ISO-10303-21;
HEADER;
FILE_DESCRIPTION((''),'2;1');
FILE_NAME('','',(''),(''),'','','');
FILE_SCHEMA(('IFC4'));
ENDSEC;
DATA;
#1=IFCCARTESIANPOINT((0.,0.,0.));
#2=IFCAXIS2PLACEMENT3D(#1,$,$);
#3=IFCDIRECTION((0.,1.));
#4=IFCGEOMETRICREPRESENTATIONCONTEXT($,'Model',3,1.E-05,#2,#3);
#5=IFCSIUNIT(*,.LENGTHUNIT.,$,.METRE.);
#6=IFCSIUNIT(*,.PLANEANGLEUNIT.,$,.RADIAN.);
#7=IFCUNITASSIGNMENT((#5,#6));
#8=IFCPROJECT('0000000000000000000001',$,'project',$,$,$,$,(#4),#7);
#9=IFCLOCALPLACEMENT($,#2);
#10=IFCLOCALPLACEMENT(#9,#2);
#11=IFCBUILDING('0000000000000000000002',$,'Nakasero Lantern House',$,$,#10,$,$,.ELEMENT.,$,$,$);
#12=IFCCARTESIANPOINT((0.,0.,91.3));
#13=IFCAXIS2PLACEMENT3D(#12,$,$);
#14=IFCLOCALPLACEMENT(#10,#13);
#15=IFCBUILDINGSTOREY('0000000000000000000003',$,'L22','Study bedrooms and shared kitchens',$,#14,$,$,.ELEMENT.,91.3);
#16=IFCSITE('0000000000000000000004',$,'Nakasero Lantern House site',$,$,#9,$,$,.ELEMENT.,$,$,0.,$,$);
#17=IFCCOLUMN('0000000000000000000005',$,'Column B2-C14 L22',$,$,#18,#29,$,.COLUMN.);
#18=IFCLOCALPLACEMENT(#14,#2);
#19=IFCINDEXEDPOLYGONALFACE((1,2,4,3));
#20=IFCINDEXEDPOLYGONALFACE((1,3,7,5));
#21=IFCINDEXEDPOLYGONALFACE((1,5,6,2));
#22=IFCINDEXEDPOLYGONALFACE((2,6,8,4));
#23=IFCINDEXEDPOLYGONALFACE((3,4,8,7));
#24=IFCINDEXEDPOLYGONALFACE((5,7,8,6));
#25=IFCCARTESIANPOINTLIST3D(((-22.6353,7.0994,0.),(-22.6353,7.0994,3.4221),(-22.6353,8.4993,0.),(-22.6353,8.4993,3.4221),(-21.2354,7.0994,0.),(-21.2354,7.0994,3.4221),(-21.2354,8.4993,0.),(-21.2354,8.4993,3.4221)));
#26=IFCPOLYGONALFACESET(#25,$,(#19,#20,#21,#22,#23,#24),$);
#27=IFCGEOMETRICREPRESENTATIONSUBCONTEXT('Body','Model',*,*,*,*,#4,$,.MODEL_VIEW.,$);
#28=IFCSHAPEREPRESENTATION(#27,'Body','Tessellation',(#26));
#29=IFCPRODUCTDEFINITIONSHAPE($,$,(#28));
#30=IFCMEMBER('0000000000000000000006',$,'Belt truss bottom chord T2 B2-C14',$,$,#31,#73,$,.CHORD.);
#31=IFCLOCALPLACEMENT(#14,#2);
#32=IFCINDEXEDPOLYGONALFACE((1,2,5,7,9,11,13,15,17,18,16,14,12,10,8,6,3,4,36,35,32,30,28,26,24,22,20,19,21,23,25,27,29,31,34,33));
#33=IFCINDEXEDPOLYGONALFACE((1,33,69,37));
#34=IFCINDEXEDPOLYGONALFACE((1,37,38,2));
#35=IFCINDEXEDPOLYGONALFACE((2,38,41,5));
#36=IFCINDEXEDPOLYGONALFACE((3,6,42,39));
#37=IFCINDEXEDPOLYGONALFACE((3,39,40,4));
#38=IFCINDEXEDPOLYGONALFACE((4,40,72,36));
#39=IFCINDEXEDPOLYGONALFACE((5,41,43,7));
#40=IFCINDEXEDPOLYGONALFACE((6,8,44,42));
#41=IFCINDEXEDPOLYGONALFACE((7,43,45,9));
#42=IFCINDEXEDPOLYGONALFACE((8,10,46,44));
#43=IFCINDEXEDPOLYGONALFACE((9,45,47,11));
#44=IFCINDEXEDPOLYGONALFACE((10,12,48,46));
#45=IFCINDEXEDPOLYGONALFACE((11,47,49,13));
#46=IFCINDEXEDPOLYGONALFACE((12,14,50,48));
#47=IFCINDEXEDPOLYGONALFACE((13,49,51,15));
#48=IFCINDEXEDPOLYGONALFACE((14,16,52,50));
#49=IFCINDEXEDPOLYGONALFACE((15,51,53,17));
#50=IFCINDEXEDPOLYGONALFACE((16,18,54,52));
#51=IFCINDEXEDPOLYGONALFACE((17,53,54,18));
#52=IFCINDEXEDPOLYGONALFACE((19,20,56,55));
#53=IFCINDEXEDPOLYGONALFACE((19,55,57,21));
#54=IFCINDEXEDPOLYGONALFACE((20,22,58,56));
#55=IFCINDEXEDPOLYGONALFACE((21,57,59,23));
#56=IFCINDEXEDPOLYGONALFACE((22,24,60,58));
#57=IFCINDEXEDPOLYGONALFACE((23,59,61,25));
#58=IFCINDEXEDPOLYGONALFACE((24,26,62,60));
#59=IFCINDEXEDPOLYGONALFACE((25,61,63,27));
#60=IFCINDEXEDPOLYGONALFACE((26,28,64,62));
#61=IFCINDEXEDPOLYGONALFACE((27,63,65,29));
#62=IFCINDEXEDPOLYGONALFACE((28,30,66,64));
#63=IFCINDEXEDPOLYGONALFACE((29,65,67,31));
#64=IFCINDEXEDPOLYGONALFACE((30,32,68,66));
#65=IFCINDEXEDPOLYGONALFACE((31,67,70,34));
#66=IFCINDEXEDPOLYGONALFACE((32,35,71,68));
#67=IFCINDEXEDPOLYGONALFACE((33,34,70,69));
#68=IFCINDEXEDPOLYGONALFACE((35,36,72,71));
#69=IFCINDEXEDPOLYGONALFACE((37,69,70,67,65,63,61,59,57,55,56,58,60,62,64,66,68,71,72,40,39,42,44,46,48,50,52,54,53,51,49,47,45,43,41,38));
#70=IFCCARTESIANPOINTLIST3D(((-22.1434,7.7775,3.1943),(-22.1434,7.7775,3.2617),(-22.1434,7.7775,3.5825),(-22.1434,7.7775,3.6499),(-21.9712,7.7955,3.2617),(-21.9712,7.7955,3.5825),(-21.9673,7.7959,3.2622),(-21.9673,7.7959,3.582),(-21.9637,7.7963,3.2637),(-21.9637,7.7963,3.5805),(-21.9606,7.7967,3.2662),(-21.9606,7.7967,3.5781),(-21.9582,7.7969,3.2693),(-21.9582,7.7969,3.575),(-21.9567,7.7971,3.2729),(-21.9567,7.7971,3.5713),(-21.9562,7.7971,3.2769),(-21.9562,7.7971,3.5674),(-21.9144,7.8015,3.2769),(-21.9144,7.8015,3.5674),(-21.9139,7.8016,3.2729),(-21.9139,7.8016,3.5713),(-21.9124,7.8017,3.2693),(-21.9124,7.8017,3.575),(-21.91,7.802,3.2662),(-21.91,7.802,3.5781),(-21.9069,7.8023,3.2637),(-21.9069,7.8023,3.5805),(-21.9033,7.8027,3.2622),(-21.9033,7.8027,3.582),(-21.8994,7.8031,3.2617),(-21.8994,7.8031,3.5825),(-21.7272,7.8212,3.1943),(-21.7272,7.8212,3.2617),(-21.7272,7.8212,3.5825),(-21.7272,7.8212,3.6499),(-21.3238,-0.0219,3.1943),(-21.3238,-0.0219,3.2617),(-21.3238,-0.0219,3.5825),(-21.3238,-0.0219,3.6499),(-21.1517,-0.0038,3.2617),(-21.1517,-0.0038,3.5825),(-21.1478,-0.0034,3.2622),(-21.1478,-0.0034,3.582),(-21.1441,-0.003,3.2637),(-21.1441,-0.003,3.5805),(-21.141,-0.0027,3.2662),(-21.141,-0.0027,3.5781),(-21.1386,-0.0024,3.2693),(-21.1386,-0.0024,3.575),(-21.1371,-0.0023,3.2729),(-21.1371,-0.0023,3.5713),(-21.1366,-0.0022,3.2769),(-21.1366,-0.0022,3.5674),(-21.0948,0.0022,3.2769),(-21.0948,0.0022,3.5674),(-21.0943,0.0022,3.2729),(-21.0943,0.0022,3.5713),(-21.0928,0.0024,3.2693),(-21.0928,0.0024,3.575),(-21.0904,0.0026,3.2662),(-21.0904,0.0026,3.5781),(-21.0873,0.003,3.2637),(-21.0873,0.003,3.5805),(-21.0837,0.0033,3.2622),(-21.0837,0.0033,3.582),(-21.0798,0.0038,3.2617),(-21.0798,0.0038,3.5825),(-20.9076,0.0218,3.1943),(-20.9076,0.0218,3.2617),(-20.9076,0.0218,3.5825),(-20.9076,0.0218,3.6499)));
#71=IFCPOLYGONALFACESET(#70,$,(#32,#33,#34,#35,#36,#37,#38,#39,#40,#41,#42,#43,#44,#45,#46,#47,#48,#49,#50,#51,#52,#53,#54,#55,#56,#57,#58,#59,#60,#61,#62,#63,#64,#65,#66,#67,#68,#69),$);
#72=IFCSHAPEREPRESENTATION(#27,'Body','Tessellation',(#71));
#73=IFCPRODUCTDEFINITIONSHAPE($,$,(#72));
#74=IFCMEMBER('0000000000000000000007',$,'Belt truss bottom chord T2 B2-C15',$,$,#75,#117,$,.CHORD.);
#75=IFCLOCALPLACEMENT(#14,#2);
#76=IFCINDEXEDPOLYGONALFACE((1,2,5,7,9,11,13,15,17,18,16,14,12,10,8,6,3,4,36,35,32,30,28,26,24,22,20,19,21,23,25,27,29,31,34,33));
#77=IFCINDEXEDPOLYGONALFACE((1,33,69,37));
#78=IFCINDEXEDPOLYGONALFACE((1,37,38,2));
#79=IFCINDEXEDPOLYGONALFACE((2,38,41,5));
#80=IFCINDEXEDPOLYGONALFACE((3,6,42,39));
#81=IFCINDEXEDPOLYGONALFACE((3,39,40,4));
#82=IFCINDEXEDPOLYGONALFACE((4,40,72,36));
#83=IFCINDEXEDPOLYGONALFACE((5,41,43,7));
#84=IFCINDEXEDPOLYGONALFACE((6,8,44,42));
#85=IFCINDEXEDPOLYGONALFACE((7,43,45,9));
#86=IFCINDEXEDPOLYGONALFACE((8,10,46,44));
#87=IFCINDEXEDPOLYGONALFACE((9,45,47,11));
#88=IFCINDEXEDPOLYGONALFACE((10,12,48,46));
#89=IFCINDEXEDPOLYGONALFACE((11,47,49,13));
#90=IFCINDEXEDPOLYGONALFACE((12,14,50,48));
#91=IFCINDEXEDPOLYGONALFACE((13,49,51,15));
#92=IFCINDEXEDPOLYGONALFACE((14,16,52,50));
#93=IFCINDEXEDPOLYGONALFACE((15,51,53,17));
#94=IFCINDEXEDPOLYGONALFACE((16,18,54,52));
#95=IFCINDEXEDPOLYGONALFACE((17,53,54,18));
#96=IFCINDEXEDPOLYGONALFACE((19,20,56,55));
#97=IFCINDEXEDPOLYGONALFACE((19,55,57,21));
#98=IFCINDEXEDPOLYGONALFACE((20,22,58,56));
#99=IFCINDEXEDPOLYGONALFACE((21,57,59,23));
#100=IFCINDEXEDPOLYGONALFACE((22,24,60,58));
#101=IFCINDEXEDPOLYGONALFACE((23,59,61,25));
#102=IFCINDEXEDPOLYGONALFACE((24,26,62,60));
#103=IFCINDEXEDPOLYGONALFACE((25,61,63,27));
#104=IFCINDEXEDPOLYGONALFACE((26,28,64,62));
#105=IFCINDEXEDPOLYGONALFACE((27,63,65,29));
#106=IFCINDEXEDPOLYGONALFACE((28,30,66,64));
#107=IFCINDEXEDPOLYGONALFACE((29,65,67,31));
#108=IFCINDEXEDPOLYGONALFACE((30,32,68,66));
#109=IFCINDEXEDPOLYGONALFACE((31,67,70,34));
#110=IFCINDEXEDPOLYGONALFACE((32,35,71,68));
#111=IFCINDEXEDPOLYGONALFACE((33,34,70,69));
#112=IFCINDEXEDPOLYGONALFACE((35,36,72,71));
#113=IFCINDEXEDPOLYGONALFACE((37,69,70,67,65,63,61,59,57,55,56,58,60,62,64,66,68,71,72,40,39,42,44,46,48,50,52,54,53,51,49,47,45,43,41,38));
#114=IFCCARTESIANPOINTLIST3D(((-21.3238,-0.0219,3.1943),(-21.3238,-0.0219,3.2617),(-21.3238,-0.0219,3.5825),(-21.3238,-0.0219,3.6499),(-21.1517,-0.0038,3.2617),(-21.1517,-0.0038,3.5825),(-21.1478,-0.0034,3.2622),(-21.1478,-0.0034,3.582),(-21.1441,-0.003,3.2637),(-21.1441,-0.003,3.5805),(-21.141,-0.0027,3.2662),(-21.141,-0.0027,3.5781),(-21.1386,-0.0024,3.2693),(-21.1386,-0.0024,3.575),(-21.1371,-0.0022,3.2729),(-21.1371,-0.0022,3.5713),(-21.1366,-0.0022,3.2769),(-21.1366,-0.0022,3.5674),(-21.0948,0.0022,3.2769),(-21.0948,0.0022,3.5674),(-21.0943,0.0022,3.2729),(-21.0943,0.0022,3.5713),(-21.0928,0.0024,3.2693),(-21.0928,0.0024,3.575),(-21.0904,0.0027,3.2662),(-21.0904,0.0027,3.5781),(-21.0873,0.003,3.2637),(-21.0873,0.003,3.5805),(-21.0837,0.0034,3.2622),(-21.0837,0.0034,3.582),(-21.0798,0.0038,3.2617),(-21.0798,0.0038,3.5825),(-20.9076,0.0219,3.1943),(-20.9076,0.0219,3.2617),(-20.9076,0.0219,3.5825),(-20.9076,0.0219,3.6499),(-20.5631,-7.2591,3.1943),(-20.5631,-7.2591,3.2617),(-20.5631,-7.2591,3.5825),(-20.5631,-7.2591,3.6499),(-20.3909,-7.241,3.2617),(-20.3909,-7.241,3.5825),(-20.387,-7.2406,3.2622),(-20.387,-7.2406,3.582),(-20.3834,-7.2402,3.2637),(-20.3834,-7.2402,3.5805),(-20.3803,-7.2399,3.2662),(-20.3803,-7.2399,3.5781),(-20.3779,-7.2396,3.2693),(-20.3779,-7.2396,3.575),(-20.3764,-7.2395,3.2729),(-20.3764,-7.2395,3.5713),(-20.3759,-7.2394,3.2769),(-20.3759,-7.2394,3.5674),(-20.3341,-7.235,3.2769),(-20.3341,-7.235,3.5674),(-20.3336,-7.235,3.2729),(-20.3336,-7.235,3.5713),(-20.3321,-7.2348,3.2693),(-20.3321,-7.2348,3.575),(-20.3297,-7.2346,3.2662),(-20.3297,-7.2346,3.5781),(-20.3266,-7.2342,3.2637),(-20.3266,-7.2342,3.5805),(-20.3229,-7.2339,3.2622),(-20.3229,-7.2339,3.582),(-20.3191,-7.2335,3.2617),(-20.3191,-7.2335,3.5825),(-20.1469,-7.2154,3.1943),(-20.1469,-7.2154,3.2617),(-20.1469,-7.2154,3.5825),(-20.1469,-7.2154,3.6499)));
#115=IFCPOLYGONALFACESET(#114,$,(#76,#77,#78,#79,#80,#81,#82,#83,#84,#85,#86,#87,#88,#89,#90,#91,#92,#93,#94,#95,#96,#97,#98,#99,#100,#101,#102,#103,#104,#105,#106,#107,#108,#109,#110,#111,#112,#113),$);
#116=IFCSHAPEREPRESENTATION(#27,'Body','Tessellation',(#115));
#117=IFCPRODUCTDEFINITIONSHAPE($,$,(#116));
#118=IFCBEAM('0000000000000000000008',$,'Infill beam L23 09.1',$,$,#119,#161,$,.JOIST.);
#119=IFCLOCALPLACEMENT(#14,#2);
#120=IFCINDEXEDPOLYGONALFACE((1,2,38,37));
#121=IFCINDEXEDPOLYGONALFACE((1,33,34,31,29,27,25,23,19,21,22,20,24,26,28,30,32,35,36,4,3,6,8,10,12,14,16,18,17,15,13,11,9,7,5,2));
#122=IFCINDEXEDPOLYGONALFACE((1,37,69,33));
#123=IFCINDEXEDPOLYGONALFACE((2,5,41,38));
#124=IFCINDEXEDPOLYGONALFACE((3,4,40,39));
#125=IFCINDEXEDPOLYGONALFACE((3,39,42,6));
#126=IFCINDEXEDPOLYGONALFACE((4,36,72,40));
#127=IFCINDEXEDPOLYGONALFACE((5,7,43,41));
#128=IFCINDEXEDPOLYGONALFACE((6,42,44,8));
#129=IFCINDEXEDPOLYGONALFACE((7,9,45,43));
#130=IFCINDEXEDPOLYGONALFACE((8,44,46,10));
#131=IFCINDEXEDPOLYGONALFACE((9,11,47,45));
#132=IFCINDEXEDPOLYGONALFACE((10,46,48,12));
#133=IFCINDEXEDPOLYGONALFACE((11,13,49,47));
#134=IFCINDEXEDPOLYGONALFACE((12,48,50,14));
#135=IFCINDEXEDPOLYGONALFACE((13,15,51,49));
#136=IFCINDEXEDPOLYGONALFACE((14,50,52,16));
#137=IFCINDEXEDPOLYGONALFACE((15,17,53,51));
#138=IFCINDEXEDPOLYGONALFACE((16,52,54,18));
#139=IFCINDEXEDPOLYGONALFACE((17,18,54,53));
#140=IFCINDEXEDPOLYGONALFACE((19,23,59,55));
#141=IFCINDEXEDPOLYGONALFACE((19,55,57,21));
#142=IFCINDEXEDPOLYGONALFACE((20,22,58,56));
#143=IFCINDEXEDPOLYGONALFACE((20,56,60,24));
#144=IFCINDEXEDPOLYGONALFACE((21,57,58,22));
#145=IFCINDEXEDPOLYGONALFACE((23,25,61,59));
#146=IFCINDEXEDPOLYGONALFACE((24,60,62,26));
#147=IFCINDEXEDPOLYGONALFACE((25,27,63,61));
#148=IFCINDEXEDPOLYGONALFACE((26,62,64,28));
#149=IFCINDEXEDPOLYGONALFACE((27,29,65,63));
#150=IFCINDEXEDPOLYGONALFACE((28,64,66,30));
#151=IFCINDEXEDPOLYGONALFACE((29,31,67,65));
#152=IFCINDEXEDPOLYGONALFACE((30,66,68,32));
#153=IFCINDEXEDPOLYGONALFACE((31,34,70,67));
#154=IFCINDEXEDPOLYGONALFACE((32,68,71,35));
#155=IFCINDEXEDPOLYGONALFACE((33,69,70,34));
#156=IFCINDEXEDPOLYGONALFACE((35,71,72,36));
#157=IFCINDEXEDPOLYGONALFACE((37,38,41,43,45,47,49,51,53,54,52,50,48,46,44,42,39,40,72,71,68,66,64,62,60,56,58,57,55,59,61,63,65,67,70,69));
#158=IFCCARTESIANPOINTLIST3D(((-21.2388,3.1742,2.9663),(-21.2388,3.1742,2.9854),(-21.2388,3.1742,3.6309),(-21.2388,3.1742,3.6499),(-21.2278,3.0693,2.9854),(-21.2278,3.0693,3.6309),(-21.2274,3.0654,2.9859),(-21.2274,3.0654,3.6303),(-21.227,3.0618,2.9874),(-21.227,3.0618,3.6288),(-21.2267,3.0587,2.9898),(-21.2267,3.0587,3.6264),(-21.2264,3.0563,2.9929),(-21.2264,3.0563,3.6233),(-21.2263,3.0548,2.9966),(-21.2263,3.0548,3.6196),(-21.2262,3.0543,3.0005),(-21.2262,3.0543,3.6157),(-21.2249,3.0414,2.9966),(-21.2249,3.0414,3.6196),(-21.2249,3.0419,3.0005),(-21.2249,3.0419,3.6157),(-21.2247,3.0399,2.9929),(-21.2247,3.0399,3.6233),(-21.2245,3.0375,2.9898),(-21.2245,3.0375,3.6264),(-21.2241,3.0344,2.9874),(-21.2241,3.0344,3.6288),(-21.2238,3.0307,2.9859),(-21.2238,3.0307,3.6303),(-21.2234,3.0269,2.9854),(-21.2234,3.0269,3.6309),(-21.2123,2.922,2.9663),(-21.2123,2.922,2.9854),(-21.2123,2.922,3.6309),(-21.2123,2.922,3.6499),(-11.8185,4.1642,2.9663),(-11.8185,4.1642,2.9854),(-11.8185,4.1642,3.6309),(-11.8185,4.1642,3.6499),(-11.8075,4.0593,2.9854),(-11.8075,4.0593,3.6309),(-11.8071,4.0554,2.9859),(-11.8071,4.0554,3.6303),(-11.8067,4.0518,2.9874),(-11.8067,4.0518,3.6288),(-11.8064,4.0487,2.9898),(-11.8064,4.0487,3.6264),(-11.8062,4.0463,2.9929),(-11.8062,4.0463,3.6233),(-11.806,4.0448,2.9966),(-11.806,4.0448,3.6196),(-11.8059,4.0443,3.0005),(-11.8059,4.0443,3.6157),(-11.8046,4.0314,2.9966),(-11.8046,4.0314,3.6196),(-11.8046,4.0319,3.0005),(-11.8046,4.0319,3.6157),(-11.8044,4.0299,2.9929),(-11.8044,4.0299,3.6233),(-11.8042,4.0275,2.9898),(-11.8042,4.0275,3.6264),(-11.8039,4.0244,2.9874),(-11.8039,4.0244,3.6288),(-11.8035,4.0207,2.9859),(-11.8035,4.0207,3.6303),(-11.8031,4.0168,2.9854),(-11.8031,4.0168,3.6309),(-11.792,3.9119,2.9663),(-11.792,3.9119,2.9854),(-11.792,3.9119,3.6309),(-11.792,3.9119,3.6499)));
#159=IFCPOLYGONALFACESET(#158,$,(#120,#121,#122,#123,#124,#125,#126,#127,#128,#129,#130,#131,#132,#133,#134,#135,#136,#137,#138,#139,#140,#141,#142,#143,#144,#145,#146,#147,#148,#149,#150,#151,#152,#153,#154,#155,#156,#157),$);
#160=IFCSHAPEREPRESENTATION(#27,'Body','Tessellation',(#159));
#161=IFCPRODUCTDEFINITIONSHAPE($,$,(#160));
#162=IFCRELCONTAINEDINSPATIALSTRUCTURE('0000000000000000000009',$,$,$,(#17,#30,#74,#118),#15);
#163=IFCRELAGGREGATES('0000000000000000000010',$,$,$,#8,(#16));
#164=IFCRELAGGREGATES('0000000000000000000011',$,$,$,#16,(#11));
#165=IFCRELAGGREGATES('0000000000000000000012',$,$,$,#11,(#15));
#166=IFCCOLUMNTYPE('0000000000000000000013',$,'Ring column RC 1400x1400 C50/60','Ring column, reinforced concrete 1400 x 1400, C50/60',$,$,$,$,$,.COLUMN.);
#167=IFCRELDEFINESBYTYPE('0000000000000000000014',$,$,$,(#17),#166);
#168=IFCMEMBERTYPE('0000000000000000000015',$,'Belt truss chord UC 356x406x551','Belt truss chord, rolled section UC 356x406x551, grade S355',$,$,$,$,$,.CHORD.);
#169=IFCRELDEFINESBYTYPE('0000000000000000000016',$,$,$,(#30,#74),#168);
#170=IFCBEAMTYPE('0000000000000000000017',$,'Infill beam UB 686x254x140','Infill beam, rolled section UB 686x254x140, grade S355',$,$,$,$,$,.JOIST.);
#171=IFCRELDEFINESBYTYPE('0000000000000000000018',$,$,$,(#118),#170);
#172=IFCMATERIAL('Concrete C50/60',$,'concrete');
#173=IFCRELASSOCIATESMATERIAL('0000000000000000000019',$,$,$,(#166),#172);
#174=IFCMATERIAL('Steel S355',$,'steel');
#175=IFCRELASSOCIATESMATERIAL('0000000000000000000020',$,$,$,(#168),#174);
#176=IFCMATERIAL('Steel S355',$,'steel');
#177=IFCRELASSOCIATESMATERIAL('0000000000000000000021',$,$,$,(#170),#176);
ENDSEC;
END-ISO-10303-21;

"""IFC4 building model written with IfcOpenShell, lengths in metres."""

from ifc_helpers import new_model, si_unit, direction, frame, origin, origin_2d, place, context, subcontext, project, spatial, rectangle, i_section, extrude, material, material_profile, profile_set, type_object, element, save


model = new_model("IFC4")

# Units and contexts
model_context = context("Model", 3, precision=1e-05, world=origin(), true_north=direction((0.0, 1.0)))
body_context = subcontext(model_context, "Body", "Model", "MODEL_VIEW")
ifc_project = project(units=[si_unit("LENGTHUNIT", "METRE"), si_unit("PLANEANGLEUNIT", "RADIAN")], contexts=[model_context])

# Site, building, storey
site_placement = place(None, origin())
site = spatial("IfcSite", under=ifc_project, at=site_placement, Name="Nakasero Lantern House site", CompositionType="ELEMENT", RefElevation=0.0)
building_placement = place(site_placement, origin())
building = spatial("IfcBuilding", under=site, at=building_placement, Name="Nakasero Lantern House", CompositionType="ELEMENT")
storey_placement = place(building_placement, frame((0.0, 0.0, 91.3)))
storey = spatial("IfcBuildingStorey", under=building, at=storey_placement, Name="L22", Description="Study bedrooms and shared kitchens", CompositionType="ELEMENT", Elevation=91.3)

# Column
ifc_material_1 = material(Name="Concrete C50/60", Category="concrete")
ifc_material_profile_1 = material_profile(ifc_material_1, rectangle(XDim=1.3999, YDim=1.3999, at=origin_2d()), Name="RC 1400x1400")
ifc_profile_set_1 = profile_set([ifc_material_profile_1], Name="Concrete C50/60")
column_type = type_object("IfcColumnType", Name="Ring column RC 1400x1400 C50/60", Description="Ring column, reinforced concrete 1400 x 1400, C50/60", PredefinedType="COLUMN", material=ifc_profile_set_1)
column_placement = place(storey_placement, frame((-21.9353, 7.7993, 0.0), z_axis=(0.0, 0.0, 1.0), x_axis=(1.0, 0.0, 0.0)))
element("IfcColumn", 1, at=column_placement, inside=storey, type_object=column_type, Name="Column B2-C14 L22", PredefinedType="COLUMN", context=body_context, shape_type="SweptSolid", body=[
    extrude(rectangle(XDim=1.3999, YDim=1.3999, at=origin_2d()), origin(), (0.0, 0.0, 1.0), 3.4221),
])

# Members
ifc_material_2 = material(Name="Steel S355", Category="steel")
ifc_material_profile_2 = material_profile(ifc_material_2, i_section(OverallWidth=0.4185, OverallDepth=0.4556, WebThickness=0.042, FlangeThickness=0.0674, FilletRadius=0.0151, at=origin_2d()), Name="UC 356x406x551")
ifc_profile_set_2 = profile_set([ifc_material_profile_2], Name="Steel S355")
member_type = type_object("IfcMemberType", Name="Belt truss chord UC 356x406x551", Description="Belt truss chord, rolled section UC 356x406x551, grade S355", PredefinedType="CHORD", material=ifc_profile_set_2)
member_1_placement = place(storey_placement, frame((-21.9353, 7.7993, 3.4221), z_axis=(0.104508, -0.994524, 0.0), x_axis=(0.994524, 0.104508, 0.0)))
element("IfcMember", 2, at=member_1_placement, inside=storey, type_object=member_type, Name="Belt truss bottom chord T2 B2-C14", PredefinedType="CHORD", context=body_context, shape_type="SweptSolid", body=[
    extrude(i_section(OverallWidth=0.4185, OverallDepth=0.4556, WebThickness=0.042, FlangeThickness=0.0674, FilletRadius=0.0151, at=origin_2d()), origin(), (0.0, 0.0, 1.0), 7.8423),
])
member_2_placement = place(storey_placement, frame((-21.1157, 0.0, 3.4221), z_axis=(0.104538, -0.994521, 0.0), x_axis=(0.994521, 0.104538, 0.0)))
element("IfcMember", 3, at=member_2_placement, inside=storey, type_object=member_type, Name="Belt truss bottom chord T2 B2-C15", PredefinedType="CHORD", context=body_context, shape_type="SweptSolid", body=[
    extrude(i_section(OverallWidth=0.4185, OverallDepth=0.4556, WebThickness=0.042, FlangeThickness=0.0674, FilletRadius=0.0151, at=origin_2d()), origin(), (0.0, 0.0, 1.0), 7.2771),
])

# Beam
ifc_material_3 = material(Name="Steel S355", Category="steel")
ifc_material_profile_3 = material_profile(ifc_material_3, i_section(OverallWidth=0.2537, OverallDepth=0.6836, WebThickness=0.0125, FlangeThickness=0.019, FilletRadius=0.0151, at=origin_2d()), Name="UB 686x254x140")
ifc_profile_set_3 = profile_set([ifc_material_profile_3], Name="Steel S355")
beam_type_1 = type_object("IfcBeamType", Name="Infill beam UB 686x254x140", Description="Infill beam, rolled section UB 686x254x140, grade S355", PredefinedType="JOIST", material=ifc_profile_set_3)
beam_1_placement = place(storey_placement, frame((-21.2256, 3.0481, 3.3081), z_axis=(0.994523, 0.104514, 0.0), x_axis=(-0.104514, 0.994523, 0.0)))
element("IfcBeam", 4, at=beam_1_placement, inside=storey, type_object=beam_type_1, Name="Infill beam L23 09.1", PredefinedType="JOIST", context=body_context, shape_type="SweptSolid", body=[
    extrude(i_section(OverallWidth=0.2537, OverallDepth=0.6836, WebThickness=0.0125, FlangeThickness=0.019, FilletRadius=0.0151, at=origin_2d()), origin(), (0.0, 0.0, 1.0), 9.4722),
])

save(model, "model.ifc")
